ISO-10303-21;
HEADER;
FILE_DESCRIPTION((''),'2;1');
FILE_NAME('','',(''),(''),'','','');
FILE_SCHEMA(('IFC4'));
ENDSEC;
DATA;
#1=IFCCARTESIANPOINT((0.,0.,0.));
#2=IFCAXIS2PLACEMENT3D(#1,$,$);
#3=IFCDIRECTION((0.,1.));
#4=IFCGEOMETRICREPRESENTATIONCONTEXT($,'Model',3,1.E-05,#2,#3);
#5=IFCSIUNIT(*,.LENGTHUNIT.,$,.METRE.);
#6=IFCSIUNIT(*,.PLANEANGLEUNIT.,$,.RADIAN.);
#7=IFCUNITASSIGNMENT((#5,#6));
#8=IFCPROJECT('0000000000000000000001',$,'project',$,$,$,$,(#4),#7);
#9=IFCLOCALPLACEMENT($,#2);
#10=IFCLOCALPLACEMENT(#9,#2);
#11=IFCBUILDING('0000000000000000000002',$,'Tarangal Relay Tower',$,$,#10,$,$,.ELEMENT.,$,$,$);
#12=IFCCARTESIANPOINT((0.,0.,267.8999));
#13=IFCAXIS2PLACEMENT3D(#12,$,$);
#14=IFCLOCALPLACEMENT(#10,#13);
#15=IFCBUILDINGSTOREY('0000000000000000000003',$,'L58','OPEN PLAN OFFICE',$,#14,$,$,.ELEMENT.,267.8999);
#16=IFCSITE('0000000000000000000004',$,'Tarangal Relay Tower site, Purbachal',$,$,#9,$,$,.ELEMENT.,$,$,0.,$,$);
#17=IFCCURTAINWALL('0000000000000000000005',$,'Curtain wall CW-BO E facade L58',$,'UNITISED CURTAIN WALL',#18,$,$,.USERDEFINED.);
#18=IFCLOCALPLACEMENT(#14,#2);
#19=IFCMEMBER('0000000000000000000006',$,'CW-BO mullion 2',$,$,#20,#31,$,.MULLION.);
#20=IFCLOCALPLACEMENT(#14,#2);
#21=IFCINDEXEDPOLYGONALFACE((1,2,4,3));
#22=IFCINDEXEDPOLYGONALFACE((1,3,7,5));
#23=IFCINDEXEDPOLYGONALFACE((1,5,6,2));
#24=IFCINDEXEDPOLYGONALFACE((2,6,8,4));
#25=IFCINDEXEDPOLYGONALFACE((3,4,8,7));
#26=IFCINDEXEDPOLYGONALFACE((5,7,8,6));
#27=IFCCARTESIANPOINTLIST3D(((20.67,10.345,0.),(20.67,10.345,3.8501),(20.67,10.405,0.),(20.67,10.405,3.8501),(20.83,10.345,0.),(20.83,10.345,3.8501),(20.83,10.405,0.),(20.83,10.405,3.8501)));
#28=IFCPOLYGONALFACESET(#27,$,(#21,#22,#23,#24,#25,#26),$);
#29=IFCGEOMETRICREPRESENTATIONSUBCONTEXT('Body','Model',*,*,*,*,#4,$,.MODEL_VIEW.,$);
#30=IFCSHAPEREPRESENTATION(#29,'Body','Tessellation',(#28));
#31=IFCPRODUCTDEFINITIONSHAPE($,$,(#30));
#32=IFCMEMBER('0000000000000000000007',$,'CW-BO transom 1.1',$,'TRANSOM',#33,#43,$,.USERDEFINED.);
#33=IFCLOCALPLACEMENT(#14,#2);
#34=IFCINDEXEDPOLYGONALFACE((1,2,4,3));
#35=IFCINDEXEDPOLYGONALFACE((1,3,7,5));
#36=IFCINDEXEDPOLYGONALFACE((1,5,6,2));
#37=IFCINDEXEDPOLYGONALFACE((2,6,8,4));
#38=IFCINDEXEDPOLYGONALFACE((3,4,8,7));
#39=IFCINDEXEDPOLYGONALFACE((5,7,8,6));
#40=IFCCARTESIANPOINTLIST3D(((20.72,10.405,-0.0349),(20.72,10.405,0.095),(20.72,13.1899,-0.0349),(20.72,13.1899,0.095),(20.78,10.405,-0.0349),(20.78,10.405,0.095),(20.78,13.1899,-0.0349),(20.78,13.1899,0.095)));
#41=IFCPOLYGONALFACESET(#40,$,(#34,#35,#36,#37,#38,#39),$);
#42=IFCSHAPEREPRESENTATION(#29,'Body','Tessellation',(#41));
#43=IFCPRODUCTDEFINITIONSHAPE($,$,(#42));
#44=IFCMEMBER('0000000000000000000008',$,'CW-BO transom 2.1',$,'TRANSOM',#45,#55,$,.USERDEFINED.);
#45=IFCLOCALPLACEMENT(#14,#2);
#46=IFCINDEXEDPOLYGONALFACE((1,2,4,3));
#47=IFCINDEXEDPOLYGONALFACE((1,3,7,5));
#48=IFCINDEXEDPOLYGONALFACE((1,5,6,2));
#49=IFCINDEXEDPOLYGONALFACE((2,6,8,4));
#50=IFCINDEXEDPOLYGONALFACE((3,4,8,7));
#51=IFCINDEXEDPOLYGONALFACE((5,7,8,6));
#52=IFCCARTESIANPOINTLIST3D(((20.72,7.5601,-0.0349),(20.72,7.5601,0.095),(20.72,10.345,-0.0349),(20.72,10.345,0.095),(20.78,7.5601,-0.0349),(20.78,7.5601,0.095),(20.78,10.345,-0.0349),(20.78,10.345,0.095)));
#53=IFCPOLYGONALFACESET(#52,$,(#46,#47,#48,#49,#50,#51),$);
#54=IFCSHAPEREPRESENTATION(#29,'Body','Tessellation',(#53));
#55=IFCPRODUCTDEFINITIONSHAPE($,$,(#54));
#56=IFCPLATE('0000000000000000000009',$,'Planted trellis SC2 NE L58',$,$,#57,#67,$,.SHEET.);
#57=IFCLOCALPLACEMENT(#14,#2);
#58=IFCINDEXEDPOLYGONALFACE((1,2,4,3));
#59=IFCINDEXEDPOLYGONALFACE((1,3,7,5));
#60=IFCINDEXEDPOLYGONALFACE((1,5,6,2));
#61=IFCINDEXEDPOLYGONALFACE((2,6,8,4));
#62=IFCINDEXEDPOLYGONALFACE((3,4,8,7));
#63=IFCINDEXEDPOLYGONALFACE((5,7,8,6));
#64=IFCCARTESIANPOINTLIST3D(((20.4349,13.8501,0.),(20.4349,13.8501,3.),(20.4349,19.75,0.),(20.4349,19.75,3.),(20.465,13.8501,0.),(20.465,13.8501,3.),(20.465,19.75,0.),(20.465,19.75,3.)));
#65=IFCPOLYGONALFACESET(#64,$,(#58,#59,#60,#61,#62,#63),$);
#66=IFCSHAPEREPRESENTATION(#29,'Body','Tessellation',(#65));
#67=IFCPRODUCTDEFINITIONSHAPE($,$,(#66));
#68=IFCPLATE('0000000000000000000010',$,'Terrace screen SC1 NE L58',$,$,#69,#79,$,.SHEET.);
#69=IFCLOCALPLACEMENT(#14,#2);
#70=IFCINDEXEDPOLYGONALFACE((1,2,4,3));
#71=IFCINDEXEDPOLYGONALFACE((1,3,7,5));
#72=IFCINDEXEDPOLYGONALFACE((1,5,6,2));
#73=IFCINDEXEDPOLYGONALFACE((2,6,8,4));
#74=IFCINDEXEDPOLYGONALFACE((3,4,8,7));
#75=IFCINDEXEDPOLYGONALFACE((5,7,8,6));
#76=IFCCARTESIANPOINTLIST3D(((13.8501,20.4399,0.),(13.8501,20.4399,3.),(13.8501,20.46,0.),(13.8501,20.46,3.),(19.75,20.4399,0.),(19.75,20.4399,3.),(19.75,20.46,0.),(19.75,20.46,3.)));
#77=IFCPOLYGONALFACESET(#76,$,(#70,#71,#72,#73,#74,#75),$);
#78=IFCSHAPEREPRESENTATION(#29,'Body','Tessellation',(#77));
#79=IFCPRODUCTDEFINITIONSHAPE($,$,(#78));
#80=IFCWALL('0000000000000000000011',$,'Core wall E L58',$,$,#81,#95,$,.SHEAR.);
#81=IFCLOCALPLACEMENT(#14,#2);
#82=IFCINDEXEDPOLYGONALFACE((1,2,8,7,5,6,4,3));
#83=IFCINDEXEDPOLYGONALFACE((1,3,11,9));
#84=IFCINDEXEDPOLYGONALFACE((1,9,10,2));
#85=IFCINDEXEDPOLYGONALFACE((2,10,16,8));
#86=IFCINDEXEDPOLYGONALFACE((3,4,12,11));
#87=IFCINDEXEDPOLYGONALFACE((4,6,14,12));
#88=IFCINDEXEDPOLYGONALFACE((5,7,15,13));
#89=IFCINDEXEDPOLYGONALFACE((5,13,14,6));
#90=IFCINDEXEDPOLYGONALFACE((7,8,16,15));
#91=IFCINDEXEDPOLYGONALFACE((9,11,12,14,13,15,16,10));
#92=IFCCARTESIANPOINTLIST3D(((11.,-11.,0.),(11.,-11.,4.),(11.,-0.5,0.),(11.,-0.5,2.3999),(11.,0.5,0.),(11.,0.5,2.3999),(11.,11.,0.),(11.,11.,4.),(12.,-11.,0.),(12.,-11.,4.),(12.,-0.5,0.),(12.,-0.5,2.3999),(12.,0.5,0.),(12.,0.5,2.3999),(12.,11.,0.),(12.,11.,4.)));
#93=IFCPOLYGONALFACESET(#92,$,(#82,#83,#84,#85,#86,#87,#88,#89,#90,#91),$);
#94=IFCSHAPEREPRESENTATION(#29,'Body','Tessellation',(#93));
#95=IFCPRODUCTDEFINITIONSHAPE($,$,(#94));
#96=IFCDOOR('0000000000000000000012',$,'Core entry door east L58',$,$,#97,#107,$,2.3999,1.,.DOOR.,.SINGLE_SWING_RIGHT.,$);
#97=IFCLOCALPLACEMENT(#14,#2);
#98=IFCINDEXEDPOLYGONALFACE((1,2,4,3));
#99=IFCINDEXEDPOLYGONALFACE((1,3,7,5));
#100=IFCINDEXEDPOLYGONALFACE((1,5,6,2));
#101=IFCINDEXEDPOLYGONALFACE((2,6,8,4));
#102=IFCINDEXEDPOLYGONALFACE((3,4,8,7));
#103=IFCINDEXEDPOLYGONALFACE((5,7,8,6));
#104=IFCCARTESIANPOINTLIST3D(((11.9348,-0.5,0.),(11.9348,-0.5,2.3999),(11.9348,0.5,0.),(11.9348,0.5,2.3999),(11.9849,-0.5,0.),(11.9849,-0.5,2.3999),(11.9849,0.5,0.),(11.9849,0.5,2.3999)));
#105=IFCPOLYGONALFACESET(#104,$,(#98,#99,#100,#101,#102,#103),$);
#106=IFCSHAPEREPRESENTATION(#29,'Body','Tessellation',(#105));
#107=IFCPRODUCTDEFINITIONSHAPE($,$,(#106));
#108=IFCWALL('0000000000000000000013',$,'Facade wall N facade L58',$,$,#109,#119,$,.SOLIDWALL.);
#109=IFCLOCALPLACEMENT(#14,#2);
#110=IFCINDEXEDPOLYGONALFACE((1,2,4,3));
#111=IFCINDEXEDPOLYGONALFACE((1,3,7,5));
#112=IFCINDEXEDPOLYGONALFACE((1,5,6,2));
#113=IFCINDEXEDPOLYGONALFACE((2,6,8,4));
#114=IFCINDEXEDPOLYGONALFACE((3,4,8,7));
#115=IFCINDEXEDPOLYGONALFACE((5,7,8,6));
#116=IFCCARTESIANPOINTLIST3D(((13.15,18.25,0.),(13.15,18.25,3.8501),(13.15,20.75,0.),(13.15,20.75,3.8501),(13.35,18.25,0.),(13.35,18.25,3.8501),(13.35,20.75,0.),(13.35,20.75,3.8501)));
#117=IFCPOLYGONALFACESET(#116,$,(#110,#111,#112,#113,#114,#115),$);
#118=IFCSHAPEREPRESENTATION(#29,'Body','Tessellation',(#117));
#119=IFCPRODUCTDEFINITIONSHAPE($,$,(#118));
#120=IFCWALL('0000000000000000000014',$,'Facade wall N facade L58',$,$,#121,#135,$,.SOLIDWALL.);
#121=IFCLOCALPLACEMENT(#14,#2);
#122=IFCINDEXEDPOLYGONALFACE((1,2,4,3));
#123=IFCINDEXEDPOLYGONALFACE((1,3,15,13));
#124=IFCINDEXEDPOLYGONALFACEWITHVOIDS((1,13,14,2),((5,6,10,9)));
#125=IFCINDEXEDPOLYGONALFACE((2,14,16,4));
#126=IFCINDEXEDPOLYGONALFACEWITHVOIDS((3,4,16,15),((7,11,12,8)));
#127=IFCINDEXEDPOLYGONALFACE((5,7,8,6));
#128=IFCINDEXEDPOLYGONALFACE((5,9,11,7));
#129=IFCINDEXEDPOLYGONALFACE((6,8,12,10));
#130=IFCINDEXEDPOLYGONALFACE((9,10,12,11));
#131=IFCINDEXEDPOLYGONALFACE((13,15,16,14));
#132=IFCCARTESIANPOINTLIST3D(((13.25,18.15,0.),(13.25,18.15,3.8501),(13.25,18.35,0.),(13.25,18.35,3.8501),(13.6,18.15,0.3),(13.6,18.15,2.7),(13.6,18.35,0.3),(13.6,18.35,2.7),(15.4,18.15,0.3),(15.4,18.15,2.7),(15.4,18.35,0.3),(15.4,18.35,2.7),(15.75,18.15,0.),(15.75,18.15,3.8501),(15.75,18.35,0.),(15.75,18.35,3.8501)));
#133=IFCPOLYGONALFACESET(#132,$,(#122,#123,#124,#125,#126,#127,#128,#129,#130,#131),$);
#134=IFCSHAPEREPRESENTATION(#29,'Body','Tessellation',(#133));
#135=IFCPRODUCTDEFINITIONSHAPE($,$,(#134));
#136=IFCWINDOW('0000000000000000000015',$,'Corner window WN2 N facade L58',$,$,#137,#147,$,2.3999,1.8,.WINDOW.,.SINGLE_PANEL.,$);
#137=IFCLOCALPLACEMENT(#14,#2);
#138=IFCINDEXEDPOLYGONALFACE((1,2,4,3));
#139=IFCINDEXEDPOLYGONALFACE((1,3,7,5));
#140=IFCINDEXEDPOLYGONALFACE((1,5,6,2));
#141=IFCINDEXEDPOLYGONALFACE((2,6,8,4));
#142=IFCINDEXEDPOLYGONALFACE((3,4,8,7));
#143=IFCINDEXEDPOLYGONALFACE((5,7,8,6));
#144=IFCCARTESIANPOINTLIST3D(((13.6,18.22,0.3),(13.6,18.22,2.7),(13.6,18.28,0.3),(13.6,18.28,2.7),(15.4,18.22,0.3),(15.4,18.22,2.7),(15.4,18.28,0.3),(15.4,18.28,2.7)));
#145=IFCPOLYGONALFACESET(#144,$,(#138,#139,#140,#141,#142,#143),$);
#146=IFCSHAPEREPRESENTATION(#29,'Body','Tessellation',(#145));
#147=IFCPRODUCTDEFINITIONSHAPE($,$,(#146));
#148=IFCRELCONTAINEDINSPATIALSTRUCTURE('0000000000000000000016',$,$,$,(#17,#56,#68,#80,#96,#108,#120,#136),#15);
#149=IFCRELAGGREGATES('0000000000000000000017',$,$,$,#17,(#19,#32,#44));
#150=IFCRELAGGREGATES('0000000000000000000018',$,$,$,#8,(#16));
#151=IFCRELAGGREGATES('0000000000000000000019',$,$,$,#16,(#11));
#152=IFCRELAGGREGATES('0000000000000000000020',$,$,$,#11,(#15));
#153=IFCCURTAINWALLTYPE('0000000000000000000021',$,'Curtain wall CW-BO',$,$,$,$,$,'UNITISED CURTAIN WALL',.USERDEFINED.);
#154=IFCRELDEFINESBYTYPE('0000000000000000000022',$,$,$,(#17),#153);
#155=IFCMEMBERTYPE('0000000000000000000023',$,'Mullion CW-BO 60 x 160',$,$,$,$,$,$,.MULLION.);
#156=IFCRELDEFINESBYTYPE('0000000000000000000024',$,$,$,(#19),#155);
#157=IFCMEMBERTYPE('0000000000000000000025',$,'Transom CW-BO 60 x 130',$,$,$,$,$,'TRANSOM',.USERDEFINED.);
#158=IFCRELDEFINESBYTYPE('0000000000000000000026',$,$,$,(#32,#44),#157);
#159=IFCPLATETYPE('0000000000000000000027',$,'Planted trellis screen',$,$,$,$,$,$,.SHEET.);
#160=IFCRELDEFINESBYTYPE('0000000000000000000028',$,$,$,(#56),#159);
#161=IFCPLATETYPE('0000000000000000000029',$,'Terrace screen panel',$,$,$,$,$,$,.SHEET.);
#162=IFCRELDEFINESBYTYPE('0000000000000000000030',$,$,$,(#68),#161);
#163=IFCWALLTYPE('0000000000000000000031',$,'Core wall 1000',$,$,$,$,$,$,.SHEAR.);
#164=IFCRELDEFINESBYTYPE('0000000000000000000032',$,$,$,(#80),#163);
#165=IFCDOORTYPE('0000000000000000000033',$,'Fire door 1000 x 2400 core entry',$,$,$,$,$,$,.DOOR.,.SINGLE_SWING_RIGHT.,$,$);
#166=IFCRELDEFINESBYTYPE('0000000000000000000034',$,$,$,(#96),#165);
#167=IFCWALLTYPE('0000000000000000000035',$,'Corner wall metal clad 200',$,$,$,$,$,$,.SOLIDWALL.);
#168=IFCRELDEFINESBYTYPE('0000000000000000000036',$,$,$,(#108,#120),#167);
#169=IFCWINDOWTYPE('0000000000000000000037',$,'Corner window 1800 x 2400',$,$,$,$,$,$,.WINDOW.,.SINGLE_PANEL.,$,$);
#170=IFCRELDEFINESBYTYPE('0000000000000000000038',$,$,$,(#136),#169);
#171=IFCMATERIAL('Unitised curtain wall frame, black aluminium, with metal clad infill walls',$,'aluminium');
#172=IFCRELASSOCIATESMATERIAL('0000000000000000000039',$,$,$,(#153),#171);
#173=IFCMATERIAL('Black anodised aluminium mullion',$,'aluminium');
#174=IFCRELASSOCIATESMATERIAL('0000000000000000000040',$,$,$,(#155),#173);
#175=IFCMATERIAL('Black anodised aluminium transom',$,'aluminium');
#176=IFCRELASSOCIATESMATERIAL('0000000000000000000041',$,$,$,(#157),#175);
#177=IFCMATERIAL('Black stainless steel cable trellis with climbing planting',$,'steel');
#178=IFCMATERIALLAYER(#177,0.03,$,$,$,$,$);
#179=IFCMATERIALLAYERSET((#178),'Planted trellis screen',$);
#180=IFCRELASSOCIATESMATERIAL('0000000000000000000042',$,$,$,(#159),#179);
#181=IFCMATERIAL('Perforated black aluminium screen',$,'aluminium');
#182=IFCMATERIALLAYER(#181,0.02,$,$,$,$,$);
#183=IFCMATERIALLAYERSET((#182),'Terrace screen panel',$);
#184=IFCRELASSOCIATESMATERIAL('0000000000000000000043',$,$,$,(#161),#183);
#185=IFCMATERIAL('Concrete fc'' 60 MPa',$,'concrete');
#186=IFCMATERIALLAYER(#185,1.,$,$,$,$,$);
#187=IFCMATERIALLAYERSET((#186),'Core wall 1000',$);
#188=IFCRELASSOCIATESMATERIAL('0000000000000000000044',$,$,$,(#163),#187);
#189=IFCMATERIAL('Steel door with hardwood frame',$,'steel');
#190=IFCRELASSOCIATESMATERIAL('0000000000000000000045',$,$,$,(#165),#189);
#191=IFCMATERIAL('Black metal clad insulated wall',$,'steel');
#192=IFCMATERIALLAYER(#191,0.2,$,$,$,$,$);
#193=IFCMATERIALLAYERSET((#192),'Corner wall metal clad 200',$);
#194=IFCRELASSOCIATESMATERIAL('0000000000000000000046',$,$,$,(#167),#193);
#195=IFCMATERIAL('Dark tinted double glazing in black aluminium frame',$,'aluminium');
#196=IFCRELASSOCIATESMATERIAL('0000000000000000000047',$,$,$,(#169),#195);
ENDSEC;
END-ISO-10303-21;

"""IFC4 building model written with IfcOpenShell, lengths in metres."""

from ifc_helpers import new_model, si_unit, direction, frame, frame_2d, origin, origin_2d, place, context, subcontext, project, spatial, rectangle, extrude, material, layer, layer_set, material_profile, profile_set, type_object, element, fill, aggregate, save


model = new_model("IFC4")

# Units and contexts
model_context = context("Model", 3, precision=1e-05, world=origin(), true_north=direction((0.0, 1.0)))
body_context = subcontext(model_context, "Body", "Model", "MODEL_VIEW")
ifc_project = project(units=[si_unit("LENGTHUNIT", "METRE"), si_unit("PLANEANGLEUNIT", "RADIAN")], contexts=[model_context])

# Site, building, storey
site_placement = place(None, origin())
site = spatial("IfcSite", under=ifc_project, at=site_placement, Name="Tarangal Relay Tower site, Purbachal", CompositionType="ELEMENT", RefElevation=0.0)
building_placement = place(site_placement, origin())
building = spatial("IfcBuilding", under=site, at=building_placement, Name="Tarangal Relay Tower", CompositionType="ELEMENT")
storey_placement = place(building_placement, frame((0.0, 0.0, 267.8999)))
storey = spatial("IfcBuildingStorey", under=building, at=storey_placement, Name="L58", Description="OPEN PLAN OFFICE", CompositionType="ELEMENT", Elevation=267.8999)

# Shared definitions
ifc_material_1 = material(Name="Unitised curtain wall frame, black aluminium, with metal clad infill walls", Category="aluminium")
curtain_wall_type = type_object("IfcCurtainWallType", Name="Curtain wall CW-BO", ElementType="UNITISED CURTAIN WALL", PredefinedType="USERDEFINED", material=ifc_material_1)
ifc_material_2 = material(Name="Black anodised aluminium mullion", Category="aluminium")
ifc_material_profile_1 = material_profile(ifc_material_2, rectangle(XDim=0.1599, YDim=0.0601, at=origin_2d()), Name="CW-BOM 60X160")
ifc_profile_set_1 = profile_set([ifc_material_profile_1], Name="Black anodised aluminium mullion")
member_type_1 = type_object("IfcMemberType", Name="Mullion CW-BO 60 x 160", PredefinedType="MULLION", material=ifc_profile_set_1)

# Curtain wall, members
curtain_wall_1_placement = place(storey_placement, origin())
curtain_wall_1 = element("IfcCurtainWall", 1, at=curtain_wall_1_placement, inside=storey, type_object=curtain_wall_type, Name="Curtain wall CW-BO E facade L58", ObjectType="UNITISED CURTAIN WALL", PredefinedType="USERDEFINED")
member_1_placement = place(storey_placement, frame((20.75, 10.375, 0.0), z_axis=(0.0, 0.0, 1.0), x_axis=(1.0, 0.0, 0.0)))
member_1 = element("IfcMember", 2, at=member_1_placement, type_object=member_type_1, Name="CW-BO mullion 2", PredefinedType="MULLION", context=body_context, shape_type="SweptSolid", body=[
    extrude(rectangle(XDim=0.1599, YDim=0.0601, at=origin_2d()), origin(), (0.0, 0.0, 1.0), 3.8501),
])
ifc_material_3 = material(Name="Black anodised aluminium transom", Category="aluminium")
ifc_material_profile_2 = material_profile(ifc_material_3, rectangle(XDim=0.0601, YDim=0.1299, at=origin_2d()), Name="CW-BOT 60X130")
ifc_profile_set_2 = profile_set([ifc_material_profile_2], Name="Black anodised aluminium transom")
member_type_2 = type_object("IfcMemberType", Name="Transom CW-BO 60 x 130", ElementType="TRANSOM", PredefinedType="USERDEFINED", material=ifc_profile_set_2)
member_2_placement = place(storey_placement, frame((20.75, 13.1899, 0.03), z_axis=(0.0, -1.0, 0.0), x_axis=(1.0, 0.0, 0.0)))
member_2 = element("IfcMember", 3, at=member_2_placement, type_object=member_type_2, Name="CW-BO transom 1.1", ObjectType="TRANSOM", PredefinedType="USERDEFINED", context=body_context, shape_type="SweptSolid", body=[
    extrude(rectangle(XDim=0.0601, YDim=0.1299, at=origin_2d()), origin(), (0.0, 0.0, 1.0), 2.7849),
])
member_3_placement = place(storey_placement, frame((20.75, 10.345, 0.03), z_axis=(0.0, -1.0, 0.0), x_axis=(1.0, 0.0, 0.0)))
member_3 = element("IfcMember", 4, at=member_3_placement, type_object=member_type_2, Name="CW-BO transom 2.1", ObjectType="TRANSOM", PredefinedType="USERDEFINED", context=body_context, shape_type="SweptSolid", body=[
    extrude(rectangle(XDim=0.0601, YDim=0.1299, at=origin_2d()), origin(), (0.0, 0.0, 1.0), 2.7849),
])
aggregate(curtain_wall_1, [member_1, member_2, member_3])

# Plates
ifc_material_4 = material(Name="Black stainless steel cable trellis with climbing planting", Category="steel")
ifc_layer_1 = layer(ifc_material_4, 0.03)
ifc_layer_set_1 = layer_set([ifc_layer_1], Name="Planted trellis screen")
plate_type_1 = type_object("IfcPlateType", Name="Planted trellis screen", PredefinedType="SHEET", material=ifc_layer_set_1)
plate_1_placement = place(storey_placement, frame((20.45, 16.8, 0.0), z_axis=(0.0, 0.0, 1.0), x_axis=(0.0, -1.0, 0.0)))
element("IfcPlate", 5, at=plate_1_placement, inside=storey, type_object=plate_type_1, Name="Planted trellis SC2 NE L58", PredefinedType="SHEET", context=body_context, shape_type="SweptSolid", body=[
    extrude(rectangle(XDim=5.8999, YDim=0.03, at=origin_2d()), origin(), (0.0, 0.0, 1.0), 3.0),
])
ifc_material_5 = material(Name="Perforated black aluminium screen", Category="aluminium")
ifc_layer_2 = layer(ifc_material_5, 0.02)
ifc_layer_set_2 = layer_set([ifc_layer_2], Name="Terrace screen panel")
plate_type_2 = type_object("IfcPlateType", Name="Terrace screen panel", PredefinedType="SHEET", material=ifc_layer_set_2)
plate_2_placement = place(storey_placement, frame((16.8, 20.45, 0.0), z_axis=(0.0, 0.0, 1.0), x_axis=(1.0, 0.0, 0.0)))
element("IfcPlate", 6, at=plate_2_placement, inside=storey, type_object=plate_type_2, Name="Terrace screen SC1 NE L58", PredefinedType="SHEET", context=body_context, shape_type="SweptSolid", body=[
    extrude(rectangle(XDim=5.8999, YDim=0.02, at=origin_2d()), origin(), (0.0, 0.0, 1.0), 3.0),
])

# Wall, opening, door
ifc_material_6 = material(Name="Concrete fc' 60 MPa", Category="concrete")
ifc_layer_3 = layer(ifc_material_6, 1.0)
ifc_layer_set_3 = layer_set([ifc_layer_3], Name="Core wall 1000")
wall_type_1 = type_object("IfcWallType", Name="Core wall 1000", PredefinedType="SHEAR", material=ifc_layer_set_3)
wall_1_placement = place(storey_placement, frame((11.5, 11.0, 0.0), z_axis=(0.0, 0.0, 1.0), x_axis=(0.0, -1.0, 0.0)))
wall_1 = element("IfcWall", 7, at=wall_1_placement, inside=storey, type_object=wall_type_1, Name="Core wall E L58", PredefinedType="SHEAR", context=body_context, shape_type="SweptSolid", body=[
    extrude(rectangle(XDim=22.0, YDim=1.0, at=frame_2d((11.0, 0.0))), origin(), (0.0, 0.0, 1.0), 4.0),
])
opening_1_placement = place(wall_1_placement, frame((10.5, 0.0, 0.0)))
opening_1 = element("IfcOpeningElement", 8, at=opening_1_placement, cuts=wall_1, PredefinedType="OPENING", context=body_context, shape_type="SweptSolid", body=[
    extrude(rectangle(XDim=1.0, YDim=2.3999, at=frame_2d((0.5, 1.2))), frame((0.0, 0.51, 0.0), z_axis=(0.0, -1.0, 0.0), x_axis=(1.0, 0.0, 0.0)), (0.0, 0.0, 1.0), 1.02),
])
ifc_material_7 = material(Name="Steel door with hardwood frame", Category="steel")
door_type_1 = type_object("IfcDoorType", Name="Fire door 1000 x 2400 core entry", OperationType="SINGLE_SWING_RIGHT", PredefinedType="DOOR", material=ifc_material_7)
door_1_placement = place(opening_1_placement, origin())
door_1 = element("IfcDoor", 9, at=door_1_placement, inside=storey, type_object=door_type_1, Name="Core entry door east L58", OperationType="SINGLE_SWING_RIGHT", OverallHeight=2.3999, OverallWidth=1.0, PredefinedType="DOOR", context=body_context, shape_type="SweptSolid", body=[
    extrude(rectangle(XDim=1.0, YDim=2.3999, at=frame_2d((0.5, 1.2))), frame((0.0, 0.4849, 0.0), z_axis=(0.0, -1.0, 0.0), x_axis=(1.0, 0.0, 0.0)), (0.0, 0.0, 1.0), 0.05),
])
fill(opening_1, door_1)

# Wall
ifc_material_8 = material(Name="Black metal clad insulated wall", Category="steel")
ifc_layer_4 = layer(ifc_material_8, 0.2)
ifc_layer_set_4 = layer_set([ifc_layer_4], Name="Corner wall metal clad 200")
wall_type_2 = type_object("IfcWallType", Name="Corner wall metal clad 200", PredefinedType="SOLIDWALL", material=ifc_layer_set_4)
wall_2_placement = place(storey_placement, frame((13.25, 20.75, 0.0), z_axis=(0.0, 0.0, 1.0), x_axis=(0.0, -1.0, 0.0)))
element("IfcWall", 10, at=wall_2_placement, inside=storey, type_object=wall_type_2, Name="Facade wall N facade L58", PredefinedType="SOLIDWALL", context=body_context, shape_type="SweptSolid", body=[
    extrude(rectangle(XDim=2.5, YDim=0.2, at=frame_2d((1.25, 0.0))), origin(), (0.0, 0.0, 1.0), 3.8501),
])

# Wall, opening, window
wall_3_placement = place(storey_placement, frame((13.25, 18.25, 0.0), z_axis=(0.0, 0.0, 1.0), x_axis=(1.0, 0.0, 0.0)))
wall_3 = element("IfcWall", 11, at=wall_3_placement, inside=storey, type_object=wall_type_2, Name="Facade wall N facade L58", PredefinedType="SOLIDWALL", context=body_context, shape_type="SweptSolid", body=[
    extrude(rectangle(XDim=2.5, YDim=0.2, at=frame_2d((1.25, 0.0))), origin(), (0.0, 0.0, 1.0), 3.8501),
])
opening_2_placement = place(wall_3_placement, frame((0.3501, 0.0, 0.3)))
opening_2 = element("IfcOpeningElement", 12, at=opening_2_placement, cuts=wall_3, PredefinedType="OPENING", context=body_context, shape_type="SweptSolid", body=[
    extrude(rectangle(XDim=1.8, YDim=2.3999, at=frame_2d((0.8999, 1.2))), frame((0.0, 0.1099, 0.0), z_axis=(0.0, -1.0, 0.0), x_axis=(1.0, 0.0, 0.0)), (0.0, 0.0, 1.0), 0.22),
])
ifc_material_9 = material(Name="Dark tinted double glazing in black aluminium frame", Category="aluminium")
window_type = type_object("IfcWindowType", Name="Corner window 1800 x 2400", PartitioningType="SINGLE_PANEL", PredefinedType="WINDOW", material=ifc_material_9)
window_1_placement = place(opening_2_placement, origin())
window_1 = element("IfcWindow", 13, at=window_1_placement, inside=storey, type_object=window_type, Name="Corner window WN2 N facade L58", OverallHeight=2.3999, OverallWidth=1.8, PartitioningType="SINGLE_PANEL", PredefinedType="WINDOW", context=body_context, shape_type="SweptSolid", body=[
    extrude(rectangle(XDim=1.8, YDim=2.3999, at=frame_2d((0.8999, 1.2))), frame((0.0, 0.03, 0.0), z_axis=(0.0, -1.0, 0.0), x_axis=(1.0, 0.0, 0.0)), (0.0, 0.0, 1.0), 0.0601),
])
fill(opening_2, window_1)

save(model, "model.ifc")
